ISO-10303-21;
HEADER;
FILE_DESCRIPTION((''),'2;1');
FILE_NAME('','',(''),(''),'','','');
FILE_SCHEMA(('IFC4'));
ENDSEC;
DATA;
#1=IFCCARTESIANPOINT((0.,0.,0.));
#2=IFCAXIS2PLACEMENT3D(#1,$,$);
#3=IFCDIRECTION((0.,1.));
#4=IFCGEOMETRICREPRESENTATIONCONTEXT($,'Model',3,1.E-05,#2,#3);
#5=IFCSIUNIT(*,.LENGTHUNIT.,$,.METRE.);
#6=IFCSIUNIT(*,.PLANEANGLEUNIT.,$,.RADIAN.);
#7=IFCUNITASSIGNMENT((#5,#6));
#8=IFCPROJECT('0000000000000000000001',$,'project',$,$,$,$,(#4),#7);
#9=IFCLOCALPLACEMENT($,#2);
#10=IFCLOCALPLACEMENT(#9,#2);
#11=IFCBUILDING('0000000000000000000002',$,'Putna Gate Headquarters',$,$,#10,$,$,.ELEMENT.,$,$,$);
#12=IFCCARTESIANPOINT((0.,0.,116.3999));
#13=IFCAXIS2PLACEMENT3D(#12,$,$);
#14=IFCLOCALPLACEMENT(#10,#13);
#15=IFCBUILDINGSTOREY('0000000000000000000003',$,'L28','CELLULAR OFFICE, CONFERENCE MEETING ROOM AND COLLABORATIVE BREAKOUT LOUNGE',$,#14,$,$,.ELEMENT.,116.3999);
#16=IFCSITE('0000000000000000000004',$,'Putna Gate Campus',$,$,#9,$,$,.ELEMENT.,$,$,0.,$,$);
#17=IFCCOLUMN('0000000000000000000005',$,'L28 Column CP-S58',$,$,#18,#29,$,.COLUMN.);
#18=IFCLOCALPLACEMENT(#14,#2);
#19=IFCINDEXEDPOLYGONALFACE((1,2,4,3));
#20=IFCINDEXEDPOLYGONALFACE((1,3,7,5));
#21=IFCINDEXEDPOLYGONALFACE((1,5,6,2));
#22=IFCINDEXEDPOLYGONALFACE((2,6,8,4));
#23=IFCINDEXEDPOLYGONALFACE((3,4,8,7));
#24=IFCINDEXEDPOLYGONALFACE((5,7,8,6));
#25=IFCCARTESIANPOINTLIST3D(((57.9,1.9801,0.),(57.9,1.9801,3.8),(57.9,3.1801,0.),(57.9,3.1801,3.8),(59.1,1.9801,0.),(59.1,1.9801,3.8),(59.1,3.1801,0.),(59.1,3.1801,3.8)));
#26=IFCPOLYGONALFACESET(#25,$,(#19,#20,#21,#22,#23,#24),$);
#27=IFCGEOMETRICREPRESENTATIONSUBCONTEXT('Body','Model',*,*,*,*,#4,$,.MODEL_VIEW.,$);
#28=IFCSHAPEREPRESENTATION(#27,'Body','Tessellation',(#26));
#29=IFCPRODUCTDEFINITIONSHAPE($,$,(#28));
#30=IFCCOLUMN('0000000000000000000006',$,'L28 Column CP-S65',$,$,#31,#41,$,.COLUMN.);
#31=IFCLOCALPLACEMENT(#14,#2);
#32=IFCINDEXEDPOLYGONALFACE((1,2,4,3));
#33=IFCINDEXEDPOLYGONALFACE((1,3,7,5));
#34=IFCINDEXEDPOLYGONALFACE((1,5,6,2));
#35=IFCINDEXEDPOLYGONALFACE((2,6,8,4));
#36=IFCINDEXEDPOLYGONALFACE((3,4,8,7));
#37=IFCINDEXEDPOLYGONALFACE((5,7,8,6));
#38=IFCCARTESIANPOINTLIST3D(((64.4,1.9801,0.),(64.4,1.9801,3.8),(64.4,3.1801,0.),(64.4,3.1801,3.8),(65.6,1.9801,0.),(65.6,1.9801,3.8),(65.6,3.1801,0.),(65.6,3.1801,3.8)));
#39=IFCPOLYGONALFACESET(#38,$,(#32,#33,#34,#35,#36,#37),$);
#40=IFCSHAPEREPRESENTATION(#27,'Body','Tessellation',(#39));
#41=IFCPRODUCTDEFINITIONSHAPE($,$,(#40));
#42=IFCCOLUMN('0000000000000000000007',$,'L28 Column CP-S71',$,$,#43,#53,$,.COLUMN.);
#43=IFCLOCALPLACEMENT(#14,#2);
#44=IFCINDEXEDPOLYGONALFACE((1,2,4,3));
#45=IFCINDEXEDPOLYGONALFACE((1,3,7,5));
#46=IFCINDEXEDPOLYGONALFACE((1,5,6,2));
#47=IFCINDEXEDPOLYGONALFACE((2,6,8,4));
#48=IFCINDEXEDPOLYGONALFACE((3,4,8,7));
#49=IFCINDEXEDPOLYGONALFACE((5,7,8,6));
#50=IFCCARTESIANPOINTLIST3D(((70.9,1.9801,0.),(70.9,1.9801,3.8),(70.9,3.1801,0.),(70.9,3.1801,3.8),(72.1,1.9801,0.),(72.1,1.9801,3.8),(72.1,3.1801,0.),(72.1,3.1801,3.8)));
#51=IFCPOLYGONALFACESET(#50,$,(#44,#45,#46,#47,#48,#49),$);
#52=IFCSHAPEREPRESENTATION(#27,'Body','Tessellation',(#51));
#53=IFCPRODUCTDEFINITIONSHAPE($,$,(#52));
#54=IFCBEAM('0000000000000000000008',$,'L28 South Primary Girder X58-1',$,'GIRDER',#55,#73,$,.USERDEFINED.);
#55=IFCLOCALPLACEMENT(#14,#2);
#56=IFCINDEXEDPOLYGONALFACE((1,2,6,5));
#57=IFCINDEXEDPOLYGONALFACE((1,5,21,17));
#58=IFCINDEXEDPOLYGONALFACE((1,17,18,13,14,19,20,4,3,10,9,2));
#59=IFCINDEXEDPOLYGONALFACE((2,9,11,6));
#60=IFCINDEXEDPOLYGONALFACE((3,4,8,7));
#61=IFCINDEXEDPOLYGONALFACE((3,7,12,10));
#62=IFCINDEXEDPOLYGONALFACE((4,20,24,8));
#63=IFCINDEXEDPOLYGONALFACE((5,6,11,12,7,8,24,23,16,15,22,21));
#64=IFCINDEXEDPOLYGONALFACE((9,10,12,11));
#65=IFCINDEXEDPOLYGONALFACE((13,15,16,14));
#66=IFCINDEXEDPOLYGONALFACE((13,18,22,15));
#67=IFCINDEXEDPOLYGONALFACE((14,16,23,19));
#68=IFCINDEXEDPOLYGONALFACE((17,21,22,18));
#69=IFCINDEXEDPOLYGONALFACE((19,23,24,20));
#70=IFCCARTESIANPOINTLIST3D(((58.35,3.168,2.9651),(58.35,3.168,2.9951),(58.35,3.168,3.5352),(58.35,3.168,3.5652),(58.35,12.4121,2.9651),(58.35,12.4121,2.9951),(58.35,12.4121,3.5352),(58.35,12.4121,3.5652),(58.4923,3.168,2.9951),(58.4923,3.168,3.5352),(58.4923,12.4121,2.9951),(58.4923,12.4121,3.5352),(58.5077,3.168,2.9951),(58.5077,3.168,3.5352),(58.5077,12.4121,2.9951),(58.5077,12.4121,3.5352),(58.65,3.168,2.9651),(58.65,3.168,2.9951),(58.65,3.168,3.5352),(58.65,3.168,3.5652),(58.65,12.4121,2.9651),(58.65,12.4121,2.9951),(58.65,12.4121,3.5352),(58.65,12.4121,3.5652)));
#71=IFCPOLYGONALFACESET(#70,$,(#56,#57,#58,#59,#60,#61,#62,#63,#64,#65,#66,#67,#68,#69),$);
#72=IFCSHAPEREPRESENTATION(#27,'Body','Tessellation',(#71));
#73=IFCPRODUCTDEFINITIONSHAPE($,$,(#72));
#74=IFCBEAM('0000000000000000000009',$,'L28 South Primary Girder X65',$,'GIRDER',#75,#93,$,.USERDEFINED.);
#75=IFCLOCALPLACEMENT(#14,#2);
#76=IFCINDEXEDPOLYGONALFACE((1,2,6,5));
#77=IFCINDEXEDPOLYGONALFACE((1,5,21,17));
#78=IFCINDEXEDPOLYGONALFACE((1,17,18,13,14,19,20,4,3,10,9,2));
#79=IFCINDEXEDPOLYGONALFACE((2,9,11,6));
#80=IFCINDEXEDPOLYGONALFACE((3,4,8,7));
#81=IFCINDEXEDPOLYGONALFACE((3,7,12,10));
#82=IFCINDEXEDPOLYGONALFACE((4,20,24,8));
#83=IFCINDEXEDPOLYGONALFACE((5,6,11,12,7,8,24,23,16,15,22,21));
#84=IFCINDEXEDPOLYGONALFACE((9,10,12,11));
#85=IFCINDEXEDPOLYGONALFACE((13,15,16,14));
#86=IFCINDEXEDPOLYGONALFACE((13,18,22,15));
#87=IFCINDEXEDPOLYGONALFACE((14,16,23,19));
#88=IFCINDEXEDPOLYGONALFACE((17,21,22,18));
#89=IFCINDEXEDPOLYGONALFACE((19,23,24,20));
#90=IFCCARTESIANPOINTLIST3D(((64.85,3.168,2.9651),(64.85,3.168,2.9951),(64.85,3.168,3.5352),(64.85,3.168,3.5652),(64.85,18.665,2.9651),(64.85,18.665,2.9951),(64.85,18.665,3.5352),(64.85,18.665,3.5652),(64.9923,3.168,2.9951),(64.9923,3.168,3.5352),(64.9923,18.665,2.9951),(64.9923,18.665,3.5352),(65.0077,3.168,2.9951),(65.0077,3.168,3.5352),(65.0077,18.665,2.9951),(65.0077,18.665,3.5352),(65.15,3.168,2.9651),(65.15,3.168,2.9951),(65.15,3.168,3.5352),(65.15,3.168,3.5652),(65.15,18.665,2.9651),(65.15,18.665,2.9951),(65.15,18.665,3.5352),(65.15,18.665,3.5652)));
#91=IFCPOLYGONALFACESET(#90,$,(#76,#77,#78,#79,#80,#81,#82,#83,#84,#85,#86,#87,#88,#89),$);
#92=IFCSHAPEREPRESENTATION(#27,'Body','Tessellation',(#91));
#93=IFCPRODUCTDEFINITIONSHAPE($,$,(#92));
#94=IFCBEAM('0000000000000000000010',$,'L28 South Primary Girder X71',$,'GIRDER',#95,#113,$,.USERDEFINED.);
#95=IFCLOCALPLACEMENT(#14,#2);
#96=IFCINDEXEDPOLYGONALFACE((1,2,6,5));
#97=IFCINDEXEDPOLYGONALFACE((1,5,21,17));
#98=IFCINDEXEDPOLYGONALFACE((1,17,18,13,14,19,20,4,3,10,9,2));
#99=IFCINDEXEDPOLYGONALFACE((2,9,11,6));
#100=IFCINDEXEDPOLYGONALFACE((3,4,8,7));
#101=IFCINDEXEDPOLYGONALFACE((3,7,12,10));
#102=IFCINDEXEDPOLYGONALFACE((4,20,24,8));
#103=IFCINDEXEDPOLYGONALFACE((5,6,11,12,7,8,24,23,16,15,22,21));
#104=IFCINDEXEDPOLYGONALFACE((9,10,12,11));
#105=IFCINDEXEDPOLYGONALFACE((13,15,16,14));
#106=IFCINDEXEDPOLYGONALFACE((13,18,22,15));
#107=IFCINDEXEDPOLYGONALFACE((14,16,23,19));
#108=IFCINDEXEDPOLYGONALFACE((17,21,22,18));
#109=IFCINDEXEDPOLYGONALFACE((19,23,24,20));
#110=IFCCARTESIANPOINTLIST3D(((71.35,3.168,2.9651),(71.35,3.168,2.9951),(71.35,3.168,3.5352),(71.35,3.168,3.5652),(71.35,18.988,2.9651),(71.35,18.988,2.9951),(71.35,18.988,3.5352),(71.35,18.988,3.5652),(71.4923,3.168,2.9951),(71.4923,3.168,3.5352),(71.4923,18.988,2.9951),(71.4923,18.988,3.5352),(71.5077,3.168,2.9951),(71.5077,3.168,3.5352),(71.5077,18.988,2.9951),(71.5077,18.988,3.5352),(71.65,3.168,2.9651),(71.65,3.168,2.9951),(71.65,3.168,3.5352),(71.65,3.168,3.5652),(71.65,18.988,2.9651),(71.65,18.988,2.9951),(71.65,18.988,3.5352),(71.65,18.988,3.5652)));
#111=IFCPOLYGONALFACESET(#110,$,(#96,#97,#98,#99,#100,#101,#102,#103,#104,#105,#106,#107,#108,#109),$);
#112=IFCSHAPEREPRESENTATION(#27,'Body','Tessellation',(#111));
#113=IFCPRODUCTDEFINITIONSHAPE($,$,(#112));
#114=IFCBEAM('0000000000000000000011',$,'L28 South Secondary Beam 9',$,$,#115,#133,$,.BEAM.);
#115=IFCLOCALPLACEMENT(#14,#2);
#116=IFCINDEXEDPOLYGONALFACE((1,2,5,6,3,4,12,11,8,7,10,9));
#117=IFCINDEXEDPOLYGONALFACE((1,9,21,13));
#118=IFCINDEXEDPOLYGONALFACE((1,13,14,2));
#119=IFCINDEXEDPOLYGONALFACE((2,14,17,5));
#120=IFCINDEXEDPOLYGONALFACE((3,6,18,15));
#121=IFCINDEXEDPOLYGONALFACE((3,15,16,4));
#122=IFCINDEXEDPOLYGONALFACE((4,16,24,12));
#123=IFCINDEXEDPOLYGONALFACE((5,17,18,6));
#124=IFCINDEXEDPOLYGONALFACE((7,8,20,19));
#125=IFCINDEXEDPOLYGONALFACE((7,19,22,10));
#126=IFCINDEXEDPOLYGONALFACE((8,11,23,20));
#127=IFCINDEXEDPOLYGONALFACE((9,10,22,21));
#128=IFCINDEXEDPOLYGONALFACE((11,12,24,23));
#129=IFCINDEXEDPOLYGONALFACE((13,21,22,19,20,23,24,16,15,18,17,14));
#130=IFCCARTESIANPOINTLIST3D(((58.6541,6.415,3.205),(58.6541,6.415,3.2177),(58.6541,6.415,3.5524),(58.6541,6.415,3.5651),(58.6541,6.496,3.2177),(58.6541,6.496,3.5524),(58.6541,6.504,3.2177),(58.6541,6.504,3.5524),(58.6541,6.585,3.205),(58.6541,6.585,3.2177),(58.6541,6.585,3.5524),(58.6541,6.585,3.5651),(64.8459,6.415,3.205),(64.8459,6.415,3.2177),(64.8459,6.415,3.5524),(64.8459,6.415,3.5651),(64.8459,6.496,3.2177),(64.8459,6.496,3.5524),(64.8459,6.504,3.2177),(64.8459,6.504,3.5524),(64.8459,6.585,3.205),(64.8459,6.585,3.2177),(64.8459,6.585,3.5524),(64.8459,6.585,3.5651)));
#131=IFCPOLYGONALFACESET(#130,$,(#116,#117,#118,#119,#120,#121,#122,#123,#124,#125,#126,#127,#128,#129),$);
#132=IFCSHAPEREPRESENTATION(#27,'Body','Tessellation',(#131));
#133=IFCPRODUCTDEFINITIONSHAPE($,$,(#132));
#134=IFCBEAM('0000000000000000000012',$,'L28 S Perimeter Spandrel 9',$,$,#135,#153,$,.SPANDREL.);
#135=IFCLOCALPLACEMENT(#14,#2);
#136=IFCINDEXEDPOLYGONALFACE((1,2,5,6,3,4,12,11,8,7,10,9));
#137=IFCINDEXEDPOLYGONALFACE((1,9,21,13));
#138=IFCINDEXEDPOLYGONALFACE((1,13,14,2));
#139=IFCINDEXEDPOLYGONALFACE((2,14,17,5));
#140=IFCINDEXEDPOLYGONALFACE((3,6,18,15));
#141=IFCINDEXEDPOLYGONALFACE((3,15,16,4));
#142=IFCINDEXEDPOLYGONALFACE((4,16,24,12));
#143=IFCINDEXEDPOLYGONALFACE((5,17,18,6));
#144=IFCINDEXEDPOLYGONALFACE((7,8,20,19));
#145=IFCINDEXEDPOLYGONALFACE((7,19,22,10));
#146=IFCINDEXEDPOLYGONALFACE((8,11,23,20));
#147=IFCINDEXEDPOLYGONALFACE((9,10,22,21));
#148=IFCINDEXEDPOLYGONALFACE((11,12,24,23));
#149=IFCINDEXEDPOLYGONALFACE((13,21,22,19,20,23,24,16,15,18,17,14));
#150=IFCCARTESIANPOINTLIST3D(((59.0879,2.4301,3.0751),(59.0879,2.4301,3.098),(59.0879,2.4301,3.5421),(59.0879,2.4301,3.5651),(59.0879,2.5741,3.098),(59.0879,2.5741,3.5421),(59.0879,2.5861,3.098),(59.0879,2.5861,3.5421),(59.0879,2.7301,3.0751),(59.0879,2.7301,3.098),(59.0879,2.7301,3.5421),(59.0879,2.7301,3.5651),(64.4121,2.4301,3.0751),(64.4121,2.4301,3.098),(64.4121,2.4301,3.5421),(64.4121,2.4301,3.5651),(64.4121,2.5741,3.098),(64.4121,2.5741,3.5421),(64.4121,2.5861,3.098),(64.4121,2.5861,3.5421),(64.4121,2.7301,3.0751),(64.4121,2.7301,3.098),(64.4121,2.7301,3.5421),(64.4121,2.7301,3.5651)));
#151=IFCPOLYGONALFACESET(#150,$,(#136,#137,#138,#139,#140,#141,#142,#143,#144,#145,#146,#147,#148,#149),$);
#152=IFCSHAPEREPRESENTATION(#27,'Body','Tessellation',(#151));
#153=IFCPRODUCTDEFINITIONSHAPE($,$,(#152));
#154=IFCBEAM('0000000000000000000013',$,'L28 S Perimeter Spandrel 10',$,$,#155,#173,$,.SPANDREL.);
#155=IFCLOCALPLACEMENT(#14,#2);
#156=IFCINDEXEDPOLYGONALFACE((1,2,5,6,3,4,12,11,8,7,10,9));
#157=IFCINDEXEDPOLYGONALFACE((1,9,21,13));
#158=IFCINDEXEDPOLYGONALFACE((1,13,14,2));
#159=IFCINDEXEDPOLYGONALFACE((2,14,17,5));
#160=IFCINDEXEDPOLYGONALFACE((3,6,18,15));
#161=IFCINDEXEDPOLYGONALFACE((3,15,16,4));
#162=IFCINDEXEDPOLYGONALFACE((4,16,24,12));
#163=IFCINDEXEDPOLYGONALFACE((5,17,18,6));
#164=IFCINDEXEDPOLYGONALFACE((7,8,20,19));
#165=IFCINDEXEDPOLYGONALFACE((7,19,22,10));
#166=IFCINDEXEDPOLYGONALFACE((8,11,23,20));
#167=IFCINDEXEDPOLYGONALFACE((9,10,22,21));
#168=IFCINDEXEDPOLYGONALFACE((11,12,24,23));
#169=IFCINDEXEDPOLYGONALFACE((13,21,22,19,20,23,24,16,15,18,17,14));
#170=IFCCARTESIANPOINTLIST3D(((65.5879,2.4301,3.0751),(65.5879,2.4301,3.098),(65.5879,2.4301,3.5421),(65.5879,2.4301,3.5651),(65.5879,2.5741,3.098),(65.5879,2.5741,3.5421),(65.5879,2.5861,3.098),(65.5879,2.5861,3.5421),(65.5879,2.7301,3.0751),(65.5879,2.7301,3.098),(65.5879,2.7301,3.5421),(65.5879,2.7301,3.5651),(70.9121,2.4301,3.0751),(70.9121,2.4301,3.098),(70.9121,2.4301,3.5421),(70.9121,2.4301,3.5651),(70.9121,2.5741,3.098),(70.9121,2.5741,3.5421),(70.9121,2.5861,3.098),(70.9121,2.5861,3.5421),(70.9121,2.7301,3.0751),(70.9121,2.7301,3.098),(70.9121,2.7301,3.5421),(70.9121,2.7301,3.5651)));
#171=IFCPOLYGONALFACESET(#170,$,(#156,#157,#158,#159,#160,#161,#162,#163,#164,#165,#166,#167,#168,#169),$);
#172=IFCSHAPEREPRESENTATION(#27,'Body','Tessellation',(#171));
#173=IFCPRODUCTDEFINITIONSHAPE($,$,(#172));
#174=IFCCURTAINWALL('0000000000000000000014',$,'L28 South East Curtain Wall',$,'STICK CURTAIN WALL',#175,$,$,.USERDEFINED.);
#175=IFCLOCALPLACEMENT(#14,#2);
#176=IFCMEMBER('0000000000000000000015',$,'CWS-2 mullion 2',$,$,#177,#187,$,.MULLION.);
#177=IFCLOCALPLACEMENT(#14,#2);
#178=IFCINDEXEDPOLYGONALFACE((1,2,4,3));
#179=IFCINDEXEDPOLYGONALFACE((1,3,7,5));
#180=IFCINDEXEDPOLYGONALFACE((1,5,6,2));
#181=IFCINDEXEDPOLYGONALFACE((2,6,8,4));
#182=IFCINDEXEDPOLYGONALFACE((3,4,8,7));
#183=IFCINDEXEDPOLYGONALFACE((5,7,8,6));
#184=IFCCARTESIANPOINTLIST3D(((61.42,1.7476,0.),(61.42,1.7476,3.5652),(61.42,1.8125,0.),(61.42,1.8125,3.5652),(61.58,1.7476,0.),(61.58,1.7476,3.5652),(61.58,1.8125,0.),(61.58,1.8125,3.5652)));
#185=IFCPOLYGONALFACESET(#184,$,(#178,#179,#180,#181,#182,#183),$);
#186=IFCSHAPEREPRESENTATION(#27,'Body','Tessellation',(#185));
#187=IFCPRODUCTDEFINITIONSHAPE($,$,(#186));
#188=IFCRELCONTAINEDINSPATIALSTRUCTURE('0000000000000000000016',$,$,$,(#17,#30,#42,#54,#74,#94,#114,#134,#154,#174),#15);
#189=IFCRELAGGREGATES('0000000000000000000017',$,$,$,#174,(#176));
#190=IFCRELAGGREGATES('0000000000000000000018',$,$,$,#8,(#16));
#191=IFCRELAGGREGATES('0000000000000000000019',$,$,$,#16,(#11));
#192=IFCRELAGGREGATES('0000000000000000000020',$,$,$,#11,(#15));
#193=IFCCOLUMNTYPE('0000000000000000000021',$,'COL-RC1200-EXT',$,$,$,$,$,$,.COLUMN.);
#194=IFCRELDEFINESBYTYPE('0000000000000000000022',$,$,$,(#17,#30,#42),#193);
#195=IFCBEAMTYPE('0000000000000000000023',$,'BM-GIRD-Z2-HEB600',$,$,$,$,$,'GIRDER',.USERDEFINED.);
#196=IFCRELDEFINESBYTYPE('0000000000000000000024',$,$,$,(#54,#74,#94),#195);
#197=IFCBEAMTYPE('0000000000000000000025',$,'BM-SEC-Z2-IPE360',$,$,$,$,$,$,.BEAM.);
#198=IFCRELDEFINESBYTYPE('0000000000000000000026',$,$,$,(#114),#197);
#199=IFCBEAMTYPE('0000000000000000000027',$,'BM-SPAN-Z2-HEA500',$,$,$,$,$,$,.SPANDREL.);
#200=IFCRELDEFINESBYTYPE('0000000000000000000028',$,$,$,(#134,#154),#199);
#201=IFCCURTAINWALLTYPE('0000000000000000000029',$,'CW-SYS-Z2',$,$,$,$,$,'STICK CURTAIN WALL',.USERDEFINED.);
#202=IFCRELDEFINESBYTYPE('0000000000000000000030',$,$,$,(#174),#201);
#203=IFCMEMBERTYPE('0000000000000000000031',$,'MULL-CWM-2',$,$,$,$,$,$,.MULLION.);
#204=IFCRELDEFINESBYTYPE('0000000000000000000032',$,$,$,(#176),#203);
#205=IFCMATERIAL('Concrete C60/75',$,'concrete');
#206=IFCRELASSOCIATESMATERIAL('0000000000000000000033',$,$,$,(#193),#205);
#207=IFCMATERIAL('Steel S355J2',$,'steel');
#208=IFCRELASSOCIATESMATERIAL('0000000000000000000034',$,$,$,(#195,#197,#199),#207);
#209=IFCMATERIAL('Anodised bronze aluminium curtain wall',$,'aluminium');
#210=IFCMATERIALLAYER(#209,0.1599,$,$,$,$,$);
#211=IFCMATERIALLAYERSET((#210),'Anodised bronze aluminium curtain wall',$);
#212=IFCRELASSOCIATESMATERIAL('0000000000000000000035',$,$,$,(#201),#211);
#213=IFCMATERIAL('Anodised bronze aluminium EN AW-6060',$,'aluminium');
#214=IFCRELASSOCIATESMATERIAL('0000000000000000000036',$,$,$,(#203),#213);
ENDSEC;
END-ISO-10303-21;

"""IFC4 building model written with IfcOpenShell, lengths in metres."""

from ifc_helpers import new_model, si_unit, direction, frame, origin, origin_2d, place, context, subcontext, project, spatial, rectangle, i_section, extrude, material, layer, layer_set, material_profile, profile_set, type_object, element, aggregate, save


model = new_model("IFC4")

# Units and contexts
model_context = context("Model", 3, precision=1e-05, world=origin(), true_north=direction((0.0, 1.0)))
body_context = subcontext(model_context, "Body", "Model", "MODEL_VIEW")
ifc_project = project(units=[si_unit("LENGTHUNIT", "METRE"), si_unit("PLANEANGLEUNIT", "RADIAN")], contexts=[model_context])

# Site, building, storey
site_placement = place(None, origin())
site = spatial("IfcSite", under=ifc_project, at=site_placement, Name="Putna Gate Campus", CompositionType="ELEMENT", RefElevation=0.0)
building_placement = place(site_placement, origin())
building = spatial("IfcBuilding", under=site, at=building_placement, Name="Putna Gate Headquarters", CompositionType="ELEMENT")
storey_placement = place(building_placement, frame((0.0, 0.0, 116.3999)))
storey = spatial("IfcBuildingStorey", under=building, at=storey_placement, Name="L28", Description="CELLULAR OFFICE, CONFERENCE MEETING ROOM AND COLLABORATIVE BREAKOUT LOUNGE", CompositionType="ELEMENT", Elevation=116.3999)

# Columns
ifc_material_1 = material(Name="Concrete C60/75", Category="concrete")
ifc_material_profile_1 = material_profile(ifc_material_1, rectangle(XDim=1.2, YDim=1.2, at=origin_2d()), Name="Concrete C60/75")
ifc_profile_set_1 = profile_set([ifc_material_profile_1], Name="Concrete C60/75")
column_type = type_object("IfcColumnType", Name="COL-RC1200-EXT", PredefinedType="COLUMN", material=ifc_profile_set_1)
for number, where, z_axis, x_axis, name in (
    (1, (58.5, 2.5801, 0.0), (0.0, 0.0, 1.0), (1.0, 0.0, 0.0), "L28 Column CP-S58"),
    (2, (65.0, 2.5801, 0.0), (0.0, 0.0, 1.0), (1.0, 0.0, 0.0), "L28 Column CP-S65"),
    (3, (71.5, 2.5801, 0.0), (0.0, 0.0, 1.0), (1.0, 0.0, 0.0), "L28 Column CP-S71"),
):
    element("IfcColumn", number, at=place(storey_placement, frame(where, z_axis=z_axis, x_axis=x_axis)), inside=storey, type_object=column_type, Name=name, PredefinedType="COLUMN", context=body_context, shape_type="SweptSolid", body=[
        extrude(rectangle(XDim=1.2, YDim=1.2, at=origin_2d()), origin(), (0.0, 0.0, 1.0), 3.8),
    ])

# Beams
ifc_material_2 = material(Name="Steel S355J2", Category="steel")
ifc_material_profile_2 = material_profile(ifc_material_2, i_section(OverallWidth=0.3, OverallDepth=0.6001, WebThickness=0.0154, FlangeThickness=0.03, at=origin_2d()), Name="Steel S355J2")
ifc_profile_set_2 = profile_set([ifc_material_profile_2], Name="Steel S355J2")
beam_type_1 = type_object("IfcBeamType", Name="BM-GIRD-Z2-HEB600", ElementType="GIRDER", PredefinedType="USERDEFINED", material=ifc_profile_set_2)
beam_1_placement = place(storey_placement, frame((58.5, 3.168, 3.2651), z_axis=(0.0, 1.0, 0.0), x_axis=(-1.0, 0.0, 0.0)))
element("IfcBeam", 4, at=beam_1_placement, inside=storey, type_object=beam_type_1, Name="L28 South Primary Girder X58-1", ObjectType="GIRDER", PredefinedType="USERDEFINED", context=body_context, shape_type="SweptSolid", body=[
    extrude(i_section(OverallWidth=0.3, OverallDepth=0.6001, WebThickness=0.0154, FlangeThickness=0.03, at=origin_2d()), origin(), (0.0, 0.0, 1.0), 9.2441),
])
beam_2_placement = place(storey_placement, frame((65.0, 3.168, 3.2651), z_axis=(0.0, 1.0, 0.0), x_axis=(-1.0, 0.0, 0.0)))
element("IfcBeam", 5, at=beam_2_placement, inside=storey, type_object=beam_type_1, Name="L28 South Primary Girder X65", ObjectType="GIRDER", PredefinedType="USERDEFINED", context=body_context, shape_type="SweptSolid", body=[
    extrude(i_section(OverallWidth=0.3, OverallDepth=0.6001, WebThickness=0.0154, FlangeThickness=0.03, at=origin_2d()), origin(), (0.0, 0.0, 1.0), 15.4971),
])
beam_3_placement = place(storey_placement, frame((71.5, 3.168, 3.2651), z_axis=(0.0, 1.0, 0.0), x_axis=(-1.0, 0.0, 0.0)))
element("IfcBeam", 6, at=beam_3_placement, inside=storey, type_object=beam_type_1, Name="L28 South Primary Girder X71", ObjectType="GIRDER", PredefinedType="USERDEFINED", context=body_context, shape_type="SweptSolid", body=[
    extrude(i_section(OverallWidth=0.3, OverallDepth=0.6001, WebThickness=0.0154, FlangeThickness=0.03, at=origin_2d()), origin(), (0.0, 0.0, 1.0), 15.8201),
])
ifc_material_profile_3 = material_profile(ifc_material_2, i_section(OverallWidth=0.1699, OverallDepth=0.3601, WebThickness=0.0081, FlangeThickness=0.0127, at=origin_2d()), Name="Steel S355J2")
ifc_profile_set_3 = profile_set([ifc_material_profile_3], Name="Steel S355J2")
beam_type_2 = type_object("IfcBeamType", Name="BM-SEC-Z2-IPE360", PredefinedType="BEAM", material=ifc_profile_set_3)
beam_4_placement = place(storey_placement, frame((58.6541, 6.5, 3.385), z_axis=(1.0, 0.0, 0.0), x_axis=(0.0, 1.0, 0.0)))
element("IfcBeam", 7, at=beam_4_placement, inside=storey, type_object=beam_type_2, Name="L28 South Secondary Beam 9", PredefinedType="BEAM", context=body_context, shape_type="SweptSolid", body=[
    extrude(i_section(OverallWidth=0.1699, OverallDepth=0.3601, WebThickness=0.0081, FlangeThickness=0.0127, at=origin_2d()), origin(), (0.0, 0.0, 1.0), 6.1919),
])
ifc_material_profile_4 = material_profile(ifc_material_2, i_section(OverallWidth=0.3, OverallDepth=0.49, WebThickness=0.012, FlangeThickness=0.0229, at=origin_2d()), Name="Steel S355J2")
ifc_profile_set_4 = profile_set([ifc_material_profile_4], Name="Steel S355J2")
beam_type_3 = type_object("IfcBeamType", Name="BM-SPAN-Z2-HEA500", PredefinedType="SPANDREL", material=ifc_profile_set_4)
for number, where, z_axis, x_axis, name in (
    (8, (59.0879, 2.5801, 3.3201), (1.0, 0.0, 0.0), (0.0, 1.0, 0.0), "L28 S Perimeter Spandrel 9"),
    (9, (65.5879, 2.5801, 3.3201), (1.0, 0.0, 0.0), (0.0, 1.0, 0.0), "L28 S Perimeter Spandrel 10"),
):
    element("IfcBeam", number, at=place(storey_placement, frame(where, z_axis=z_axis, x_axis=x_axis)), inside=storey, type_object=beam_type_3, Name=name, PredefinedType="SPANDREL", context=body_context, shape_type="SweptSolid", body=[
        extrude(i_section(OverallWidth=0.3, OverallDepth=0.49, WebThickness=0.012, FlangeThickness=0.0229, at=origin_2d()), origin(), (0.0, 0.0, 1.0), 5.3242),
    ])

# Curtain wall, member
ifc_material_3 = material(Name="Anodised bronze aluminium curtain wall", Category="aluminium")
ifc_layer_1 = layer(ifc_material_3, 0.1599)
ifc_layer_set_1 = layer_set([ifc_layer_1], Name="Anodised bronze aluminium curtain wall")
curtain_wall_type = type_object("IfcCurtainWallType", Name="CW-SYS-Z2", ElementType="STICK CURTAIN WALL", PredefinedType="USERDEFINED", material=ifc_layer_set_1)
curtain_wall_1_placement = place(storey_placement, origin())
curtain_wall_1 = element("IfcCurtainWall", 10, at=curtain_wall_1_placement, inside=storey, type_object=curtain_wall_type, Name="L28 South East Curtain Wall", ObjectType="STICK CURTAIN WALL", PredefinedType="USERDEFINED")
ifc_material_4 = material(Name="Anodised bronze aluminium EN AW-6060", Category="aluminium")
ifc_material_profile_5 = material_profile(ifc_material_4, rectangle(XDim=0.0649, YDim=0.1599, at=origin_2d()), Name="Anodised bronze aluminium EN AW-6060")
ifc_profile_set_5 = profile_set([ifc_material_profile_5], Name="Anodised bronze aluminium EN AW-6060")
member_type_1 = type_object("IfcMemberType", Name="MULL-CWM-2", PredefinedType="MULLION", material=ifc_profile_set_5)
member_1_placement = place(storey_placement, frame((61.5, 1.78, 0.0), z_axis=(0.0, 0.0, 1.0), x_axis=(0.0, 1.0, 0.0)))
member_1 = element("IfcMember", 11, at=member_1_placement, type_object=member_type_1, Name="CWS-2 mullion 2", PredefinedType="MULLION", context=body_context, shape_type="SweptSolid", body=[
    extrude(rectangle(XDim=0.0649, YDim=0.1599, at=origin_2d()), origin(), (0.0, 0.0, 1.0), 3.5652),
])

aggregate(curtain_wall_1, [member_1])

save(model, "model.ifc")
